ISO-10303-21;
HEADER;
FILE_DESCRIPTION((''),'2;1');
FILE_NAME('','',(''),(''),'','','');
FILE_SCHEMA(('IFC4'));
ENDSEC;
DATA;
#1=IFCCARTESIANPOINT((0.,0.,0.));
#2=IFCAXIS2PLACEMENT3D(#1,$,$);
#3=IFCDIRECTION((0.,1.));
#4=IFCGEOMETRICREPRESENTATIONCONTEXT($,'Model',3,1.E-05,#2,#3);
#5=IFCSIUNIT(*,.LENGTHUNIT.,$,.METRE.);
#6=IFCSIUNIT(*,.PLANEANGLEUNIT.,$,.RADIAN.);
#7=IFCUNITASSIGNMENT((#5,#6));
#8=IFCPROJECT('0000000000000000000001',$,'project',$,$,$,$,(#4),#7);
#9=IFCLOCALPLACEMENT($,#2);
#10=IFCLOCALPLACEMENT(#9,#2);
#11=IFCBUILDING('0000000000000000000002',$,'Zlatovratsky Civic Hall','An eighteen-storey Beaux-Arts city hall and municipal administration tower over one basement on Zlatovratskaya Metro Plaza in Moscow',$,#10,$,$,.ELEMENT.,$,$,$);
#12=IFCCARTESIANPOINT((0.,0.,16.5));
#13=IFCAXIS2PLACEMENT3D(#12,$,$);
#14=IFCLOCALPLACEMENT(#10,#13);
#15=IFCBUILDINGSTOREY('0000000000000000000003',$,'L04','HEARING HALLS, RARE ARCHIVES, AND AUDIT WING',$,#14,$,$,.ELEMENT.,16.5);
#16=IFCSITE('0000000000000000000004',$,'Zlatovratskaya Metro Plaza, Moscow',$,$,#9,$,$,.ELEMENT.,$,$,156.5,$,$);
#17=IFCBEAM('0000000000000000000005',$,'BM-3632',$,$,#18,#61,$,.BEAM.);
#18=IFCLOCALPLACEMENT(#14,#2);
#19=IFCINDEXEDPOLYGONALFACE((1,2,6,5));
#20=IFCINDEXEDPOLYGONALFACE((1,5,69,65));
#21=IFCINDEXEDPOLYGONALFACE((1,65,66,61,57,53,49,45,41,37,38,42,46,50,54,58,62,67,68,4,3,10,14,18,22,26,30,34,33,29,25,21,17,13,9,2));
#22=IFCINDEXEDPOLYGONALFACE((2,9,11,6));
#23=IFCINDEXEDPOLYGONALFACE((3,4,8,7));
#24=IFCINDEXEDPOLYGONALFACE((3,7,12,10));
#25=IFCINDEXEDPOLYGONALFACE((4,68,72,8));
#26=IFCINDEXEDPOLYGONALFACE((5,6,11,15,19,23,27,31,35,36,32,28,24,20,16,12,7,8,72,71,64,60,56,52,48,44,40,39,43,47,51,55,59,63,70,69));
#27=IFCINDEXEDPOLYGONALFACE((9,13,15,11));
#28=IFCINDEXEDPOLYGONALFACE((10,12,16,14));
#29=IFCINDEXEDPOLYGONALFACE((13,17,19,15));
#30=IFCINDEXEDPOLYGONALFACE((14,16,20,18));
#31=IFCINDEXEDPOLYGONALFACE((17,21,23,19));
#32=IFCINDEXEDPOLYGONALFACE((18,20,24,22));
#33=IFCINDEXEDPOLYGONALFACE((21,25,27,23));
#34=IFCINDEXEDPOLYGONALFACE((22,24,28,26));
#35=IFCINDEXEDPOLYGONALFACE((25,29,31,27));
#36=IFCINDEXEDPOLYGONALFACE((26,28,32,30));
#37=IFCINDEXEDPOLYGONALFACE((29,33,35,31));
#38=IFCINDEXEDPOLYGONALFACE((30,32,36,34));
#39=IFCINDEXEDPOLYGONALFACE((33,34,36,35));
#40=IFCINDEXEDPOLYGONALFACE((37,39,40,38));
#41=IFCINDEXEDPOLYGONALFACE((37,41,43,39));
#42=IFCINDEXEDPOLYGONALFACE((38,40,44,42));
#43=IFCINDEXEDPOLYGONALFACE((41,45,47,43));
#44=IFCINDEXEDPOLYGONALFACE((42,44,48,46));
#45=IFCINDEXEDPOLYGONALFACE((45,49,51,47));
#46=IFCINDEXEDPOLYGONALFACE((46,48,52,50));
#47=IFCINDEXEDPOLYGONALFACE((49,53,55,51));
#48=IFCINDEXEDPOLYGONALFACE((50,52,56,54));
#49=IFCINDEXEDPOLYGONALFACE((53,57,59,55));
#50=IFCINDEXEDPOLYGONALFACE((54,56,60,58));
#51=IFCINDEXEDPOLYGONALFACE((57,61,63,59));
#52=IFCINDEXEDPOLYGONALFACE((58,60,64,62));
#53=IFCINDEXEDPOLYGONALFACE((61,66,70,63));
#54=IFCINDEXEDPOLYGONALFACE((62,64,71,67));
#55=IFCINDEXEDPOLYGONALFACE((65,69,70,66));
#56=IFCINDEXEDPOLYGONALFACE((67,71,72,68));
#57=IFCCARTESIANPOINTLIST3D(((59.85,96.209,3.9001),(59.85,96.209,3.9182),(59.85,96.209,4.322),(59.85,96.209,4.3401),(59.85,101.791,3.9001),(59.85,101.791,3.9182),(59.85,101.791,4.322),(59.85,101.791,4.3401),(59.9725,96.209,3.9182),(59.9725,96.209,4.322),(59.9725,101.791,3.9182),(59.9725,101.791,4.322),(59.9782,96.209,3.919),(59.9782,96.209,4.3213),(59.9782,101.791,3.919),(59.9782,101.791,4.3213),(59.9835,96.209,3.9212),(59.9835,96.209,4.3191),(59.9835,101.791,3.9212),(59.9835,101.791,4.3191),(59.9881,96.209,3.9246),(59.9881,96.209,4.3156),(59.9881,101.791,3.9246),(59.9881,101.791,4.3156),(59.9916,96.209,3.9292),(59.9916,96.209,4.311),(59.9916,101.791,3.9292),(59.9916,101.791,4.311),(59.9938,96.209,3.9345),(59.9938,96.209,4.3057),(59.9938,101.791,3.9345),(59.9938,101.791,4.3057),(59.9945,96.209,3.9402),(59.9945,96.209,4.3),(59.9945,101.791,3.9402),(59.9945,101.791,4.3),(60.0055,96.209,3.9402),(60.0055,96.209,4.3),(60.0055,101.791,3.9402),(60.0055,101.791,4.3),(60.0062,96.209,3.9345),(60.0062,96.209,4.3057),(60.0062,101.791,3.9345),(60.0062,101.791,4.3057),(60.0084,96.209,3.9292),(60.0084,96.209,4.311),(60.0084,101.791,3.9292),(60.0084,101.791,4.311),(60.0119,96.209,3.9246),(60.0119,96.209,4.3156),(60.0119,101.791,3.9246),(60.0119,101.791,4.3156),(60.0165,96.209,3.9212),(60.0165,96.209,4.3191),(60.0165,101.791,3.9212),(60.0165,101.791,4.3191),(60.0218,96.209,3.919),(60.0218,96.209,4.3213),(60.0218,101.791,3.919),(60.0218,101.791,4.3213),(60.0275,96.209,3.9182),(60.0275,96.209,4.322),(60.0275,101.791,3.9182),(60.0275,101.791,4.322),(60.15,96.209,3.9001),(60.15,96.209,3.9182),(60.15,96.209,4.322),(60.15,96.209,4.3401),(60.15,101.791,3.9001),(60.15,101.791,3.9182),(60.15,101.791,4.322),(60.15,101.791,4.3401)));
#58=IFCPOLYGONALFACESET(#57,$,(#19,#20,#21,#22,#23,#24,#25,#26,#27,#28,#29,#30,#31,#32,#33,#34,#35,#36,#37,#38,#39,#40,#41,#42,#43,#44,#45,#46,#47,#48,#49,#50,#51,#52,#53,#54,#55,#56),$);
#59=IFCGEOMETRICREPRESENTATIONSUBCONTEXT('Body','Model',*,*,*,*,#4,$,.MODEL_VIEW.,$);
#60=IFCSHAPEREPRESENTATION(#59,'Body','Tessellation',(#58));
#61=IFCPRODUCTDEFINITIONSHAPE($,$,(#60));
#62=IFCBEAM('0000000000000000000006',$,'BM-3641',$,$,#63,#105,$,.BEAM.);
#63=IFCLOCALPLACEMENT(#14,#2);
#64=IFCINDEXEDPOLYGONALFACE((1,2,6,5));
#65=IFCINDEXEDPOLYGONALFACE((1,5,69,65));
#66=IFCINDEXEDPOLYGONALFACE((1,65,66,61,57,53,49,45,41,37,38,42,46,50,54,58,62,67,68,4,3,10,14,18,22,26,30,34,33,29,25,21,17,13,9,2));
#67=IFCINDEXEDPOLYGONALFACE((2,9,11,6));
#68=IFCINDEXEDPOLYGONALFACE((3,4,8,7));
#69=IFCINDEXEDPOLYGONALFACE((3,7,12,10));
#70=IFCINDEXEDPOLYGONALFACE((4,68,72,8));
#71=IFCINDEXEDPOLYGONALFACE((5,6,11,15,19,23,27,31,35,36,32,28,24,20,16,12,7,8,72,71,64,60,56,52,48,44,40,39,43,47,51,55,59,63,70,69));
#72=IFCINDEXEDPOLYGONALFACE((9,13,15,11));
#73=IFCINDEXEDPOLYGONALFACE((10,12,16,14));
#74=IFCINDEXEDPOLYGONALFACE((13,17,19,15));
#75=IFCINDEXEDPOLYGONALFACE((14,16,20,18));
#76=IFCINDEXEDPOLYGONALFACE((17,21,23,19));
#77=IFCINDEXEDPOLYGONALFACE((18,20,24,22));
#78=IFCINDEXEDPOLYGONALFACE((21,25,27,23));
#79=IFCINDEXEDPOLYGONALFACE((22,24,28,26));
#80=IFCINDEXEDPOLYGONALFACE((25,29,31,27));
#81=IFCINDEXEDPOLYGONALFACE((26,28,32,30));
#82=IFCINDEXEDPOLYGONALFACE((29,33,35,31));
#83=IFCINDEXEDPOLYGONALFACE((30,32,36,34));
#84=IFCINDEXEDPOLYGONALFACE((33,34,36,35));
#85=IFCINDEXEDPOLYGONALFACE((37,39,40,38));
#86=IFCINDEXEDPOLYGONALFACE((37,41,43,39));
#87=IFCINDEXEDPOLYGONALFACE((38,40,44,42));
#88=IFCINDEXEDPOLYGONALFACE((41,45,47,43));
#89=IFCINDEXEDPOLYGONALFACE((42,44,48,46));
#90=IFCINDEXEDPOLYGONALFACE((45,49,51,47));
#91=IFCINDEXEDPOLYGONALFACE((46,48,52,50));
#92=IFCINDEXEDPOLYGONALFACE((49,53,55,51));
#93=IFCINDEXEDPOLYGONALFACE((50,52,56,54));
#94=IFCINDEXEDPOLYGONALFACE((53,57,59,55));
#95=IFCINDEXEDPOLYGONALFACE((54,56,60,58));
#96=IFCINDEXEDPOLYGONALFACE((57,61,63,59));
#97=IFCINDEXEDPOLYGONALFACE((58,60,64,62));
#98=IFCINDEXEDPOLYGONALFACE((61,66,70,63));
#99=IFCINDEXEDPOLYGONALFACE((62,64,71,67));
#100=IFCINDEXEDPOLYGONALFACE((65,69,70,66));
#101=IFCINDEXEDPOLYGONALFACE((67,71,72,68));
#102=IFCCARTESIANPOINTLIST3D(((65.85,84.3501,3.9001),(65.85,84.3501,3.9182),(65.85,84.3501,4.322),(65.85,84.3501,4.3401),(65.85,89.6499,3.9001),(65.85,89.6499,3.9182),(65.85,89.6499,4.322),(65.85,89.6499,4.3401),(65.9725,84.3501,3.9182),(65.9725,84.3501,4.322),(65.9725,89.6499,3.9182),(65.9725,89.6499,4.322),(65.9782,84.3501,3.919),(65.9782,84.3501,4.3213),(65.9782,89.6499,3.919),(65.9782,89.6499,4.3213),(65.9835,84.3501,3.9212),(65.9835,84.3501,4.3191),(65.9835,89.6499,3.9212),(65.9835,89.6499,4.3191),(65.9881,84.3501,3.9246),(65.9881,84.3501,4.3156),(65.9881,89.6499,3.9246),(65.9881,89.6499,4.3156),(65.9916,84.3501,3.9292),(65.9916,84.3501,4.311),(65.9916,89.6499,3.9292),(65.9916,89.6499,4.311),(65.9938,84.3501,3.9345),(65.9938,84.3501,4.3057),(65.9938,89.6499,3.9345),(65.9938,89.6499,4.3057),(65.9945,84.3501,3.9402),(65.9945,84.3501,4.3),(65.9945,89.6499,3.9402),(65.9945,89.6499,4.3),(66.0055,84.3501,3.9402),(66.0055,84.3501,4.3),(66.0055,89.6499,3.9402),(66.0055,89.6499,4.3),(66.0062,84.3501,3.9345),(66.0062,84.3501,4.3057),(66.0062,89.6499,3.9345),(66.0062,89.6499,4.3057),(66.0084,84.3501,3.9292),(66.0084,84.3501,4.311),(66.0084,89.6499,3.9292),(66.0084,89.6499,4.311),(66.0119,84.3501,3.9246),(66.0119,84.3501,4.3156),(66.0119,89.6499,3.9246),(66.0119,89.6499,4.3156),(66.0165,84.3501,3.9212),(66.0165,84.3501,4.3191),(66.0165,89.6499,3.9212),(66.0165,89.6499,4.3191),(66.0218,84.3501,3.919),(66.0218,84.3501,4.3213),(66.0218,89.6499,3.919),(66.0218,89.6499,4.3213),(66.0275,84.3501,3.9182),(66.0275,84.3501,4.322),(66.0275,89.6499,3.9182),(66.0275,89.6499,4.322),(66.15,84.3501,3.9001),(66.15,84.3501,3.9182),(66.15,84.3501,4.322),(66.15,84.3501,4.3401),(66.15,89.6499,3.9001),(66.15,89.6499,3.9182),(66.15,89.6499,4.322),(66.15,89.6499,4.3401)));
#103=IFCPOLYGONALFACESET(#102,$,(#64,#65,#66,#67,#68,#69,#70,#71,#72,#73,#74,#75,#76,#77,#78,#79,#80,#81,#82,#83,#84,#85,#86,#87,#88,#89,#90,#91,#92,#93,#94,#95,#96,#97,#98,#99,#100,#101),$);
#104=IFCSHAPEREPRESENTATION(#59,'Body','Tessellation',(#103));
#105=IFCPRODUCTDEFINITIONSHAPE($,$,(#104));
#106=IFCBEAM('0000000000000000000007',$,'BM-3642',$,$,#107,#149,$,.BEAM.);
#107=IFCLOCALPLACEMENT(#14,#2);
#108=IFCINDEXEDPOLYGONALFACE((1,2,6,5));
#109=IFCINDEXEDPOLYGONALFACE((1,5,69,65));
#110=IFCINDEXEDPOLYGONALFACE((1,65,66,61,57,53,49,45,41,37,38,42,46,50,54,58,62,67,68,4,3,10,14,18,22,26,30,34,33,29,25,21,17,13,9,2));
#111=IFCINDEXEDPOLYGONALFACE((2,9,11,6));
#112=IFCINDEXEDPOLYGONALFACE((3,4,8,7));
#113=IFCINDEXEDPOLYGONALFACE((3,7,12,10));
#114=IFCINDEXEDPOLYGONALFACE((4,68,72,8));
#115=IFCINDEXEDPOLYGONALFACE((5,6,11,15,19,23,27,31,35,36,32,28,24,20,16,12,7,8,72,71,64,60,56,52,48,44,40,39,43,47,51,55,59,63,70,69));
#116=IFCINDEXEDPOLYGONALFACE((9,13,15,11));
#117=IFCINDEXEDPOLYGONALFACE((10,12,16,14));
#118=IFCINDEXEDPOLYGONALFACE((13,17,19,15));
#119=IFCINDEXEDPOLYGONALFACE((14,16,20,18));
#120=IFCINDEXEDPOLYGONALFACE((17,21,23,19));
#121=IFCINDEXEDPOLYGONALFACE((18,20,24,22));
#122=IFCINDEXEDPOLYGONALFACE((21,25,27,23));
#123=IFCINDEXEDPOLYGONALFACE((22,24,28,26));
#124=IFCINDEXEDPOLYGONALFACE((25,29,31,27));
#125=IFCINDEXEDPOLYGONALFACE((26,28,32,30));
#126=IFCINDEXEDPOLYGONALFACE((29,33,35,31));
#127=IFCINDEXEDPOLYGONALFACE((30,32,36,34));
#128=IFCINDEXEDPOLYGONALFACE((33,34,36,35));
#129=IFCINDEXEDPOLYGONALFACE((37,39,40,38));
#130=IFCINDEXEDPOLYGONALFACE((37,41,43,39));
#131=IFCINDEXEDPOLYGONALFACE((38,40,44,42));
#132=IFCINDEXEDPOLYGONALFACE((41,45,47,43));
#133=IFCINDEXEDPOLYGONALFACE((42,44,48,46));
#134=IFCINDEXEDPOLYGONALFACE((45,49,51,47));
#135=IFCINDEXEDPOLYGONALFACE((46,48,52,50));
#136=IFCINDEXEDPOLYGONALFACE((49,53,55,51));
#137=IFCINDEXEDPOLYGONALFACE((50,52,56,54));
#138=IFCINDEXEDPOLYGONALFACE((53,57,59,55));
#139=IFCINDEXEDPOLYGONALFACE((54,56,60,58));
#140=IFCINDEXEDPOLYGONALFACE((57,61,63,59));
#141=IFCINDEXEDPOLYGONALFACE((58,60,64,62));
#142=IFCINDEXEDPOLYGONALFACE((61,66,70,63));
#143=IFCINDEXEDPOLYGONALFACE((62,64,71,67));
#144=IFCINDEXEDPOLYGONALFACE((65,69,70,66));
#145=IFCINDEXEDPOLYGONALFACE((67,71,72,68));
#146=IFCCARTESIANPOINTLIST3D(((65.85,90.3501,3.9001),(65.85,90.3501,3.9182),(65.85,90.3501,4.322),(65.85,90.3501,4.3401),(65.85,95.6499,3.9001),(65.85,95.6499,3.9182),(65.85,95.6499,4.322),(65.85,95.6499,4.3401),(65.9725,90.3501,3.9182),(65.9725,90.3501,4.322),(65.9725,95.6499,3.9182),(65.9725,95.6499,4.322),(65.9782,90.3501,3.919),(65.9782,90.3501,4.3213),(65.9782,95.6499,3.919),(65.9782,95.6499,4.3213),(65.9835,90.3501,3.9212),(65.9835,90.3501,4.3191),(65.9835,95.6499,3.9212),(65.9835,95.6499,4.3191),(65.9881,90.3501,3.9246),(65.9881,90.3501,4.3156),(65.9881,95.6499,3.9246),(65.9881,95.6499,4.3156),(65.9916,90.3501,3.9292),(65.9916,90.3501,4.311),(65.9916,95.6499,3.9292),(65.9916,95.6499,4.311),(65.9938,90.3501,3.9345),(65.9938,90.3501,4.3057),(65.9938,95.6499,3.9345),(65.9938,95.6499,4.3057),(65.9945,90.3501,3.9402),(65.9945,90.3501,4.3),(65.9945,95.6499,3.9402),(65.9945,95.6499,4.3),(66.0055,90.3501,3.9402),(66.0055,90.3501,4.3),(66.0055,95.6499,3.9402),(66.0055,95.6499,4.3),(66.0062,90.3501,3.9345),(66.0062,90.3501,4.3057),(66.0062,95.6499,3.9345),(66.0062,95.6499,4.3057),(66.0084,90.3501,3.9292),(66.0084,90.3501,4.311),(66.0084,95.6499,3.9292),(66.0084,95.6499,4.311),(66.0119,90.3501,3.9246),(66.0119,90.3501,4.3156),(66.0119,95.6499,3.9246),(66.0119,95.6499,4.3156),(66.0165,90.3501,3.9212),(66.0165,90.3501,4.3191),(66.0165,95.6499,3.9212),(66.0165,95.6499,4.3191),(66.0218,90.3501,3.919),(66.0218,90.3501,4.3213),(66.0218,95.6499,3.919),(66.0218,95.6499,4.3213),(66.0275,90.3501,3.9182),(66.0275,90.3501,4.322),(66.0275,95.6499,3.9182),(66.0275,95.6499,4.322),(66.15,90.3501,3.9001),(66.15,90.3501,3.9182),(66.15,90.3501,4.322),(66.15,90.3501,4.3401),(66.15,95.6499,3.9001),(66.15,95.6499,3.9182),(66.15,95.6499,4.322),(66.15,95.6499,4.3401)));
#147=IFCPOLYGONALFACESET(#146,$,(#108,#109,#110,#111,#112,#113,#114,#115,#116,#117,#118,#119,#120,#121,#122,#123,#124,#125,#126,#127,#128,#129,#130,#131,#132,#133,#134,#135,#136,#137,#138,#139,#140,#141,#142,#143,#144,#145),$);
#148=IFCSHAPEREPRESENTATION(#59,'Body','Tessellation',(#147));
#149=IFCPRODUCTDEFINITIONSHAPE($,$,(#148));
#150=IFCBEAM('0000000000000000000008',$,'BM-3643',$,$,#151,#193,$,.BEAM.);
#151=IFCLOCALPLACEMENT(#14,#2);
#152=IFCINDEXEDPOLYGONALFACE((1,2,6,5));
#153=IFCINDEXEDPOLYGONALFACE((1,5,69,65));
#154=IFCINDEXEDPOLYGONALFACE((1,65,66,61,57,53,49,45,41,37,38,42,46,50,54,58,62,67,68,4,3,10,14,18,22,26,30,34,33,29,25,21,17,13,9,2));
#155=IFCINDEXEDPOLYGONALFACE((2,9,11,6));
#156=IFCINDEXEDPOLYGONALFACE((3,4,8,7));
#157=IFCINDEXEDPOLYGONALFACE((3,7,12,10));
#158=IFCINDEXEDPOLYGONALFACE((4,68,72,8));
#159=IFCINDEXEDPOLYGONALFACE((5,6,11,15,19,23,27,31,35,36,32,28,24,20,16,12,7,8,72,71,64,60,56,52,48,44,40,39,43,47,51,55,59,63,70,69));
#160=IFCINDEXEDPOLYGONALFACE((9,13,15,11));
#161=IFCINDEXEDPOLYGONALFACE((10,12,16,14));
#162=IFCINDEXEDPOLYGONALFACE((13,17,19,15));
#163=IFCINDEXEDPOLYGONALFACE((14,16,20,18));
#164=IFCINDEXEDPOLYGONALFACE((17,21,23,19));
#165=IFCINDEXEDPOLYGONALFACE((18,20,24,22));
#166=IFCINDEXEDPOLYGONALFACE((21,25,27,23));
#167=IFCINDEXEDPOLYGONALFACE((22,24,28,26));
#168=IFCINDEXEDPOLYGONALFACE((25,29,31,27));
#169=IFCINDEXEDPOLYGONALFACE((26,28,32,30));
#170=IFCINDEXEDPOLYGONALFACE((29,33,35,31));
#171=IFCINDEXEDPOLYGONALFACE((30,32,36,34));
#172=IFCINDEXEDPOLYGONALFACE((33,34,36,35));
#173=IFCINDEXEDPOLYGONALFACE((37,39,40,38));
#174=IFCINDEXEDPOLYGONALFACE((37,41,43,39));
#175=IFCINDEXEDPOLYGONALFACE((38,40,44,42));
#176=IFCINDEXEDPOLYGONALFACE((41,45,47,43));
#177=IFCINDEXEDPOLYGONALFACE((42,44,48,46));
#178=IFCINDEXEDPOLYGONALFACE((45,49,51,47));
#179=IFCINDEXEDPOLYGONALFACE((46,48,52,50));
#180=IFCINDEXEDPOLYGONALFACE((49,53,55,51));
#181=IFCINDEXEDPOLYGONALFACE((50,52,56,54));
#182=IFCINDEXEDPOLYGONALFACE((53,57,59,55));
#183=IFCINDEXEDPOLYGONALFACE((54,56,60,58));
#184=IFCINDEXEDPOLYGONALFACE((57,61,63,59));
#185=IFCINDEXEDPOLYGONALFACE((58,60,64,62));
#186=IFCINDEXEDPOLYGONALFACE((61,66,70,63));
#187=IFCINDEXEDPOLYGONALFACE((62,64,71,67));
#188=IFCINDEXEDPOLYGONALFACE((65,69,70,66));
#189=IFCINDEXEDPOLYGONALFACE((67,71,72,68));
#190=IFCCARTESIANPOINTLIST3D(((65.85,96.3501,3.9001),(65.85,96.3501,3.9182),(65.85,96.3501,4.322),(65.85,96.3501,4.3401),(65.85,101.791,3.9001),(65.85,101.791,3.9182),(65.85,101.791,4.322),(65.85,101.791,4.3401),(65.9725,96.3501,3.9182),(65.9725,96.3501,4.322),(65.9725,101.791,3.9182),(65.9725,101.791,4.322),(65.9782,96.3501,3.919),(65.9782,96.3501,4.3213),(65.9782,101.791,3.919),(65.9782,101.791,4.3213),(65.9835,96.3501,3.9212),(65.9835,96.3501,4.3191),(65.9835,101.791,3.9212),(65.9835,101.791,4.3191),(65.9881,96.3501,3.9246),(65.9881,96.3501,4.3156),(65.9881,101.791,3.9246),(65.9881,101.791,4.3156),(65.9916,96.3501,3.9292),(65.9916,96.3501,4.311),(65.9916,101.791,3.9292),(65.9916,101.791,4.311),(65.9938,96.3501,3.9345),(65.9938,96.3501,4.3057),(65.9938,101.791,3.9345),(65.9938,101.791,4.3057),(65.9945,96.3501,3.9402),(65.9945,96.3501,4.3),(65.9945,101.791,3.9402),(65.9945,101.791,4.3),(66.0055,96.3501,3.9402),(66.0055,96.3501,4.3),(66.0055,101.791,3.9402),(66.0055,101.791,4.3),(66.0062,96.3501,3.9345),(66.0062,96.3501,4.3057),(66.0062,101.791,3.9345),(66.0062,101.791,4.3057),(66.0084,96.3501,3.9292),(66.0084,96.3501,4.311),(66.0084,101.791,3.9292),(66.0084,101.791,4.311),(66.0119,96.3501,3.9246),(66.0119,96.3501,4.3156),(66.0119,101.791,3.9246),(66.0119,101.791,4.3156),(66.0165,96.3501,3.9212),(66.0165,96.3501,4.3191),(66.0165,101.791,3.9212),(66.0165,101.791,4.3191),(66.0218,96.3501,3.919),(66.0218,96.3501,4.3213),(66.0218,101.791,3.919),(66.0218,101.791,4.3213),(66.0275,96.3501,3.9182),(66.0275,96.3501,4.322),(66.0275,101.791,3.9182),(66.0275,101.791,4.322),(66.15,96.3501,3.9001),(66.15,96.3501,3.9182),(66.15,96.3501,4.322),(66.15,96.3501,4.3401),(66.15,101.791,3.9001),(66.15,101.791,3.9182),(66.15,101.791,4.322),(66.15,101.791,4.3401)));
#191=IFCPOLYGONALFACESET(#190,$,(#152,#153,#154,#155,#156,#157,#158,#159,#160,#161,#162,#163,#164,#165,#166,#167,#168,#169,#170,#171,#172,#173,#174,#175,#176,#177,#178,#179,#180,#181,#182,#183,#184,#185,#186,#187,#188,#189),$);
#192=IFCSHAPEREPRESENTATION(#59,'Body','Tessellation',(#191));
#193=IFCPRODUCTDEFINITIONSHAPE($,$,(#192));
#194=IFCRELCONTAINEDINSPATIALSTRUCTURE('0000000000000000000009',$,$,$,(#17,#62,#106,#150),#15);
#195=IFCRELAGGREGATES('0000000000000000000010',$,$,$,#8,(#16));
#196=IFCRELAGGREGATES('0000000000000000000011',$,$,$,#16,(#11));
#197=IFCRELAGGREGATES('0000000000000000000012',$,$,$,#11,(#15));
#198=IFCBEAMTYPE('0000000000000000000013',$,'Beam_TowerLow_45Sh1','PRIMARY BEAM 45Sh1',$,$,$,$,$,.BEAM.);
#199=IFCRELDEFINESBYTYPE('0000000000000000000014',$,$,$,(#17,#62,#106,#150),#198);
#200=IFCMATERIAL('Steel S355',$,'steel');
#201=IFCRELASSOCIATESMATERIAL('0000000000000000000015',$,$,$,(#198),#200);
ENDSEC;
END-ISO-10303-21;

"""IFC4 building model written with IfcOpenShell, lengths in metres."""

from ifc_helpers import new_model, si_unit, direction, frame, origin, origin_2d, place, context, subcontext, project, spatial, i_section, extrude, material, material_profile, profile_set, type_object, element, save


model = new_model("IFC4")

# Units and contexts
model_context = context("Model", 3, precision=1e-05, world=origin(), true_north=direction((0.0, 1.0)))
body_context = subcontext(model_context, "Body", "Model", "MODEL_VIEW")
ifc_project = project(units=[si_unit("LENGTHUNIT", "METRE"), si_unit("PLANEANGLEUNIT", "RADIAN")], contexts=[model_context])

# Site, building, storey
site_placement = place(None, origin())
site = spatial("IfcSite", under=ifc_project, at=site_placement, Name="Zlatovratskaya Metro Plaza, Moscow", CompositionType="ELEMENT", RefElevation=156.5)
building_placement = place(site_placement, origin())
building = spatial("IfcBuilding", under=site, at=building_placement, Name="Zlatovratsky Civic Hall", Description="An eighteen-storey Beaux-Arts city hall and municipal administration tower over one basement on Zlatovratskaya Metro Plaza in Moscow", CompositionType="ELEMENT")
storey_placement = place(building_placement, frame((0.0, 0.0, 16.5)))
storey = spatial("IfcBuildingStorey", under=building, at=storey_placement, Name="L04", Description="HEARING HALLS, RARE ARCHIVES, AND AUDIT WING", CompositionType="ELEMENT", Elevation=16.5)

# Shared definitions
ifc_material_1 = material(Name="Steel S355", Category="steel")

# Beams
ifc_material_profile_1 = material_profile(ifc_material_1, i_section(OverallWidth=0.3, OverallDepth=0.4399, WebThickness=0.011, FlangeThickness=0.0181, FilletRadius=0.022, at=origin_2d()), Name="45Sh1")
ifc_profile_set_1 = profile_set([ifc_material_profile_1], Name="Steel S355")
beam_type_1 = type_object("IfcBeamType", Name="Beam_TowerLow_45Sh1", Description="PRIMARY BEAM 45Sh1", PredefinedType="BEAM", material=ifc_profile_set_1)
for number, where, z_axis, x_axis, name in (
    (1, (60.0, 96.209, 4.1201), (0.0, 1.0, 0.0), (-1.0, 0.0, 0.0), "BM-3632"),
):
    element("IfcBeam", number, at=place(storey_placement, frame(where, z_axis=z_axis, x_axis=x_axis)), inside=storey, type_object=beam_type_1, Name=name, PredefinedType="BEAM", context=body_context, shape_type="SweptSolid", body=[
        extrude(i_section(OverallWidth=0.3, OverallDepth=0.4399, WebThickness=0.011, FlangeThickness=0.0181, FilletRadius=0.022, at=origin_2d()), origin(), (0.0, 0.0, 1.0), 5.582),
    ])
for number, where, z_axis, x_axis, name in (
    (2, (66.0, 84.3501, 4.1201), (0.0, 1.0, 0.0), (-1.0, 0.0, 0.0), "BM-3641"),
    (3, (66.0, 90.3501, 4.1201), (0.0, 1.0, 0.0), (-1.0, 0.0, 0.0), "BM-3642"),
):
    element("IfcBeam", number, at=place(storey_placement, frame(where, z_axis=z_axis, x_axis=x_axis)), inside=storey, type_object=beam_type_1, Name=name, PredefinedType="BEAM", context=body_context, shape_type="SweptSolid", body=[
        extrude(i_section(OverallWidth=0.3, OverallDepth=0.4399, WebThickness=0.011, FlangeThickness=0.0181, FilletRadius=0.022, at=origin_2d()), origin(), (0.0, 0.0, 1.0), 5.2998),
    ])
beam_1_placement = place(storey_placement, frame((66.0, 96.3501, 4.1201), z_axis=(0.0, 1.0, 0.0), x_axis=(-1.0, 0.0, 0.0)))
element("IfcBeam", 4, at=beam_1_placement, inside=storey, type_object=beam_type_1, Name="BM-3643", PredefinedType="BEAM", context=body_context, shape_type="SweptSolid", body=[
    extrude(i_section(OverallWidth=0.3, OverallDepth=0.4399, WebThickness=0.011, FlangeThickness=0.0181, FilletRadius=0.022, at=origin_2d()), origin(), (0.0, 0.0, 1.0), 5.4409),
])

save(model, "model.ifc")
